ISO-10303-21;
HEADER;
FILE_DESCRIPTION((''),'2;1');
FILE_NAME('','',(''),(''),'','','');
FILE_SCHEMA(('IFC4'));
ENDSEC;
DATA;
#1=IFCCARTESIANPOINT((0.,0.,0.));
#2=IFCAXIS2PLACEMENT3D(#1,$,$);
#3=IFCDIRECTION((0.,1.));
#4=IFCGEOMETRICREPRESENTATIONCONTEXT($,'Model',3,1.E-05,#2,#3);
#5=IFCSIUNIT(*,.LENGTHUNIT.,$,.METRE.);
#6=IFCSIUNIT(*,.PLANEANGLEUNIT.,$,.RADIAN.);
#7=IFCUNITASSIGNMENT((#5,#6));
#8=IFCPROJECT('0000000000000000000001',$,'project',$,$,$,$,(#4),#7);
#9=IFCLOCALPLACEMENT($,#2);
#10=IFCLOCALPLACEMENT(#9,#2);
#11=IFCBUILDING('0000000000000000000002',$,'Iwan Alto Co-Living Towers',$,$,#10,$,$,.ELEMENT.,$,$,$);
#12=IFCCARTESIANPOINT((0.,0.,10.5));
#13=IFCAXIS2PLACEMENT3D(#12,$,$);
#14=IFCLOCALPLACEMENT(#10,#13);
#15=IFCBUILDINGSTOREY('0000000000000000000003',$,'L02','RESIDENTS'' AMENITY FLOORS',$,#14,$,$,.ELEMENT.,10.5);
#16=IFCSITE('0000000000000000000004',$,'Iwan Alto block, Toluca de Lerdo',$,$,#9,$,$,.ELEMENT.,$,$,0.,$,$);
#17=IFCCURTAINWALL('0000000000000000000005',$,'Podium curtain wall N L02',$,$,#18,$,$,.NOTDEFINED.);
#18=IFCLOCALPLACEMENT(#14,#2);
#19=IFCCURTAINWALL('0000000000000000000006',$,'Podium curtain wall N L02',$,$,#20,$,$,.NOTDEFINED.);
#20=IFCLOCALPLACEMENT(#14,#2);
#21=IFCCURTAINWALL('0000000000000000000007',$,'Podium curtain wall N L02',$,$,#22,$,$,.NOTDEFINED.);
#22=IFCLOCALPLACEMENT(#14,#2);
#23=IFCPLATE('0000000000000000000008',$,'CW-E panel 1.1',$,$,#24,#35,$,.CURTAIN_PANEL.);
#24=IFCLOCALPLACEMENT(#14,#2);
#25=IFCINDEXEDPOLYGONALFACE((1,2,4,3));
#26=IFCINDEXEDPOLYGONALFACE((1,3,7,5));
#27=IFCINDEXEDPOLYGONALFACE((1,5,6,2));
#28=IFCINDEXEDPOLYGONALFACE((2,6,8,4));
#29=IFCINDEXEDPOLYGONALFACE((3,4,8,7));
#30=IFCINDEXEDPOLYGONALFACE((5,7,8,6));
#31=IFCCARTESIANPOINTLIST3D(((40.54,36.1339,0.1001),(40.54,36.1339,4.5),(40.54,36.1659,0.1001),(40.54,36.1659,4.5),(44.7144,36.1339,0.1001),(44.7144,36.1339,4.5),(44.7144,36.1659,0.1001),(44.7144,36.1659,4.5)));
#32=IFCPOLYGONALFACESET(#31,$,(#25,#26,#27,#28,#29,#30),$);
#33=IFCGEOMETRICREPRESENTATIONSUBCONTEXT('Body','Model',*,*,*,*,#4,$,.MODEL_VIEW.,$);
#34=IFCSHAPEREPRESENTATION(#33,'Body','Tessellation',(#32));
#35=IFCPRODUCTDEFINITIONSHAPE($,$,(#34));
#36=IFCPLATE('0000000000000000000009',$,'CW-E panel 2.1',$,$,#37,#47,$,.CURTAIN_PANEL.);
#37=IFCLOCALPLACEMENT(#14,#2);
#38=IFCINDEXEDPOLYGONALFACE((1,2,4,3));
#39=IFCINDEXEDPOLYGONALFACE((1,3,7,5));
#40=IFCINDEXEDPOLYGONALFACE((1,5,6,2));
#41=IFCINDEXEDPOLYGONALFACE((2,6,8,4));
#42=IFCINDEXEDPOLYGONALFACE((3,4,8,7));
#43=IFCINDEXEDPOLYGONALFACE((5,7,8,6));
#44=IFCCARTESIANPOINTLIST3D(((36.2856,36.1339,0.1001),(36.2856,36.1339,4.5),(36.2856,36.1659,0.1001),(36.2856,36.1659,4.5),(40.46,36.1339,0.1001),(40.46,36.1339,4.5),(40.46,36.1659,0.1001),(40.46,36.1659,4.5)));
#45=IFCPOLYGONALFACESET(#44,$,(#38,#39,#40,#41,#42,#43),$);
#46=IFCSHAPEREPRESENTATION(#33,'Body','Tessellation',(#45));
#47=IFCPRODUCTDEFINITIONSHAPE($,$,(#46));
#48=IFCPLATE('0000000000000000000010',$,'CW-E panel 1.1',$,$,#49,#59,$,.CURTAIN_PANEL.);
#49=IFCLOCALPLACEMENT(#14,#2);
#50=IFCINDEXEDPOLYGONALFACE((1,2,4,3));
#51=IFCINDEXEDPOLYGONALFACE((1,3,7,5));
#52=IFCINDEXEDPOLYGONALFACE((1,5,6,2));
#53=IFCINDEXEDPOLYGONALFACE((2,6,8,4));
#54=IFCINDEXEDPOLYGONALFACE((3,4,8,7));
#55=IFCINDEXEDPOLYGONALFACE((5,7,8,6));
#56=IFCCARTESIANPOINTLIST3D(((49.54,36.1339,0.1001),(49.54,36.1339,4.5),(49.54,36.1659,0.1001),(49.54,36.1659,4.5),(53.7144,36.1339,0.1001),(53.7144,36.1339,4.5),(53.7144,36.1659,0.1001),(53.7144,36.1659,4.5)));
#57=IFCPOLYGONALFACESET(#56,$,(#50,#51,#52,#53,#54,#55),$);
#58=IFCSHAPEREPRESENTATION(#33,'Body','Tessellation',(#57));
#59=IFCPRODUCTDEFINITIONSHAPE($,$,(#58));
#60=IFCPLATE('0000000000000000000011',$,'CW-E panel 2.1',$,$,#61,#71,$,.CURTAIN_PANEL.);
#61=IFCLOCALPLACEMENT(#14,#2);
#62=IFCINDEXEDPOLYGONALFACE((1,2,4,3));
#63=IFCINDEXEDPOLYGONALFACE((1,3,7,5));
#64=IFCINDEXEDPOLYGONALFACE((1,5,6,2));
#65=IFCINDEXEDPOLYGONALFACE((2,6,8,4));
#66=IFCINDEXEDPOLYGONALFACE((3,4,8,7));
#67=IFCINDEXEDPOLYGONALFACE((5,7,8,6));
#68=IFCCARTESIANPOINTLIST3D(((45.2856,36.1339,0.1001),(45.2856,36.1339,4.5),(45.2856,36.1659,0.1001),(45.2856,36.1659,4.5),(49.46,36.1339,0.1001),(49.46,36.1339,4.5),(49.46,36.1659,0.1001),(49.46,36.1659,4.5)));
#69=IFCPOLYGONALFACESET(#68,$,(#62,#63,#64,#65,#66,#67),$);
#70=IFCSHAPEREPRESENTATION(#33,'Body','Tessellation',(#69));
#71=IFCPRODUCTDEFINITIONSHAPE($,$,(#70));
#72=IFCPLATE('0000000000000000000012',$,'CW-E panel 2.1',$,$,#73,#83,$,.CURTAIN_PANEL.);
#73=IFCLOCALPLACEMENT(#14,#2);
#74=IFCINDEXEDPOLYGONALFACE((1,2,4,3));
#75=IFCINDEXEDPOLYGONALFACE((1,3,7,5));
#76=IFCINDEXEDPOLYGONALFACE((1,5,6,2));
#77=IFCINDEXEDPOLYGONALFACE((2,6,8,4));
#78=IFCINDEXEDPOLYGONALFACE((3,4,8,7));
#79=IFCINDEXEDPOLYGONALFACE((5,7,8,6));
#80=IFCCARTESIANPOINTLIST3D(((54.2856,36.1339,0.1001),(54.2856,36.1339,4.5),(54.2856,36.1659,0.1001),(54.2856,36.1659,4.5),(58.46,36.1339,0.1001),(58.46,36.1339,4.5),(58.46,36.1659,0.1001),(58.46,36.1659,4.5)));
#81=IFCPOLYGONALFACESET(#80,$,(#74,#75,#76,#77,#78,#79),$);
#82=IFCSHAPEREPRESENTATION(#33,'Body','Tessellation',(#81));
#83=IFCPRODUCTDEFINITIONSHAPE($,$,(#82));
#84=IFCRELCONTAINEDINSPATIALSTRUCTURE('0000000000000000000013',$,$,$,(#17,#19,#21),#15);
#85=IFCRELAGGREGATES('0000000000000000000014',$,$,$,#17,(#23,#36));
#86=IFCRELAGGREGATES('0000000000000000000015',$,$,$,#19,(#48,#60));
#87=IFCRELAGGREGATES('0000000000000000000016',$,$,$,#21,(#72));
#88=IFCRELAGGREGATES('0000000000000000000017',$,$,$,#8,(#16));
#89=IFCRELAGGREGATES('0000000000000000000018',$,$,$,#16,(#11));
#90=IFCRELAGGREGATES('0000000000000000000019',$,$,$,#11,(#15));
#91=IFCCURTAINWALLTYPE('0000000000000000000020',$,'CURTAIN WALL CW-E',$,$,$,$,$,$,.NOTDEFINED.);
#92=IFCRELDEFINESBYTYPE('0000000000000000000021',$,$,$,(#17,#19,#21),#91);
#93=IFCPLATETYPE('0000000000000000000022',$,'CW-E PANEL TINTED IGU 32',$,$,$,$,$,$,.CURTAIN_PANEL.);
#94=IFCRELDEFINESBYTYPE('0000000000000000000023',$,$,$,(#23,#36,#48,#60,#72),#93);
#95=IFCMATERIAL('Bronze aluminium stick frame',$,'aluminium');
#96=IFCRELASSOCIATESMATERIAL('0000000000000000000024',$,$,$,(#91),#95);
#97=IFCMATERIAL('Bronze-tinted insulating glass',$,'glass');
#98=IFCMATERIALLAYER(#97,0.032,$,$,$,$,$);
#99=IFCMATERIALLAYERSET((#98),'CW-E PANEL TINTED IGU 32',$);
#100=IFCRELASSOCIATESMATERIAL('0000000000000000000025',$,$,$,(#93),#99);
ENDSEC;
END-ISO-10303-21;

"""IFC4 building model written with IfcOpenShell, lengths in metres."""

from ifc_helpers import new_model, si_unit, direction, frame, origin, origin_2d, place, context, subcontext, project, spatial, rectangle, extrude, material, layer, layer_set, type_object, element, aggregate, save


model = new_model("IFC4")

# Units and contexts
model_context = context("Model", 3, precision=1e-05, world=origin(), true_north=direction((0.0, 1.0)))
body_context = subcontext(model_context, "Body", "Model", "MODEL_VIEW")
ifc_project = project(units=[si_unit("LENGTHUNIT", "METRE"), si_unit("PLANEANGLEUNIT", "RADIAN")], contexts=[model_context])

# Site, building, storey
site_placement = place(None, origin())
site = spatial("IfcSite", under=ifc_project, at=site_placement, Name="Iwan Alto block, Toluca de Lerdo", CompositionType="ELEMENT", RefElevation=0.0)
building_placement = place(site_placement, origin())
building = spatial("IfcBuilding", under=site, at=building_placement, Name="Iwan Alto Co-Living Towers", CompositionType="ELEMENT")
storey_placement = place(building_placement, frame((0.0, 0.0, 10.5)))
storey = spatial("IfcBuildingStorey", under=building, at=storey_placement, Name="L02", Description="RESIDENTS' AMENITY FLOORS", CompositionType="ELEMENT", Elevation=10.5)

# Curtain walls
ifc_material_1 = material(Name="Bronze aluminium stick frame", Category="aluminium")
curtain_wall_type = type_object("IfcCurtainWallType", Name="CURTAIN WALL CW-E", PredefinedType="NOTDEFINED", material=ifc_material_1)
curtain_wall_1_placement = place(storey_placement, origin())
curtain_wall_1 = element("IfcCurtainWall", 1, at=curtain_wall_1_placement, inside=storey, type_object=curtain_wall_type, Name="Podium curtain wall N L02", PredefinedType="NOTDEFINED")
curtain_wall_2_placement = place(storey_placement, origin())
curtain_wall_2 = element("IfcCurtainWall", 2, at=curtain_wall_2_placement, inside=storey, type_object=curtain_wall_type, Name="Podium curtain wall N L02", PredefinedType="NOTDEFINED")

# Curtain wall
curtain_wall_3_placement = place(storey_placement, origin())
curtain_wall_3 = element("IfcCurtainWall", 3, at=curtain_wall_3_placement, inside=storey, type_object=curtain_wall_type, Name="Podium curtain wall N L02", PredefinedType="NOTDEFINED")

# Plates
ifc_material_2 = material(Name="Bronze-tinted insulating glass", Category="glass")
ifc_layer = layer(ifc_material_2, 0.032)
ifc_layer_set = layer_set([ifc_layer], Name="CW-E PANEL TINTED IGU 32")
plate_type = type_object("IfcPlateType", Name="CW-E PANEL TINTED IGU 32", PredefinedType="CURTAIN_PANEL", material=ifc_layer_set)
plate_1_placement = place(storey_placement, frame((42.6272, 36.1499, 0.1001), z_axis=(0.0, 0.0, 1.0), x_axis=(-1.0, 0.0, 0.0)))
plate_1 = element("IfcPlate", 4, at=plate_1_placement, type_object=plate_type, Name="CW-E panel 1.1", PredefinedType="CURTAIN_PANEL", context=body_context, shape_type="SweptSolid", body=[
    extrude(rectangle(XDim=4.1743, YDim=0.032, at=origin_2d()), origin(), (0.0, 0.0, 1.0), 4.3999),
])
plate_2_placement = place(storey_placement, frame((38.3728, 36.1499, 0.1001), z_axis=(0.0, 0.0, 1.0), x_axis=(-1.0, 0.0, 0.0)))
plate_2 = element("IfcPlate", 5, at=plate_2_placement, type_object=plate_type, Name="CW-E panel 2.1", PredefinedType="CURTAIN_PANEL", context=body_context, shape_type="SweptSolid", body=[
    extrude(rectangle(XDim=4.1743, YDim=0.032, at=origin_2d()), origin(), (0.0, 0.0, 1.0), 4.3999),
])
aggregate(curtain_wall_1, [plate_1, plate_2])
plate_3_placement = place(storey_placement, frame((51.6272, 36.1499, 0.1001), z_axis=(0.0, 0.0, 1.0), x_axis=(-1.0, 0.0, 0.0)))
plate_3 = element("IfcPlate", 6, at=plate_3_placement, type_object=plate_type, Name="CW-E panel 1.1", PredefinedType="CURTAIN_PANEL", context=body_context, shape_type="SweptSolid", body=[
    extrude(rectangle(XDim=4.1743, YDim=0.032, at=origin_2d()), origin(), (0.0, 0.0, 1.0), 4.3999),
])
plate_4_placement = place(storey_placement, frame((47.3728, 36.1499, 0.1001), z_axis=(0.0, 0.0, 1.0), x_axis=(-1.0, 0.0, 0.0)))
plate_4 = element("IfcPlate", 7, at=plate_4_placement, type_object=plate_type, Name="CW-E panel 2.1", PredefinedType="CURTAIN_PANEL", context=body_context, shape_type="SweptSolid", body=[
    extrude(rectangle(XDim=4.1743, YDim=0.032, at=origin_2d()), origin(), (0.0, 0.0, 1.0), 4.3999),
])
aggregate(curtain_wall_2, [plate_3, plate_4])
plate_5_placement = place(storey_placement, frame((56.3728, 36.1499, 0.1001), z_axis=(0.0, 0.0, 1.0), x_axis=(-1.0, 0.0, 0.0)))
plate_5 = element("IfcPlate", 8, at=plate_5_placement, type_object=plate_type, Name="CW-E panel 2.1", PredefinedType="CURTAIN_PANEL", context=body_context, shape_type="SweptSolid", body=[
    extrude(rectangle(XDim=4.1743, YDim=0.032, at=origin_2d()), origin(), (0.0, 0.0, 1.0), 4.3999),
])
aggregate(curtain_wall_3, [plate_5])

save(model, "model.ifc")
